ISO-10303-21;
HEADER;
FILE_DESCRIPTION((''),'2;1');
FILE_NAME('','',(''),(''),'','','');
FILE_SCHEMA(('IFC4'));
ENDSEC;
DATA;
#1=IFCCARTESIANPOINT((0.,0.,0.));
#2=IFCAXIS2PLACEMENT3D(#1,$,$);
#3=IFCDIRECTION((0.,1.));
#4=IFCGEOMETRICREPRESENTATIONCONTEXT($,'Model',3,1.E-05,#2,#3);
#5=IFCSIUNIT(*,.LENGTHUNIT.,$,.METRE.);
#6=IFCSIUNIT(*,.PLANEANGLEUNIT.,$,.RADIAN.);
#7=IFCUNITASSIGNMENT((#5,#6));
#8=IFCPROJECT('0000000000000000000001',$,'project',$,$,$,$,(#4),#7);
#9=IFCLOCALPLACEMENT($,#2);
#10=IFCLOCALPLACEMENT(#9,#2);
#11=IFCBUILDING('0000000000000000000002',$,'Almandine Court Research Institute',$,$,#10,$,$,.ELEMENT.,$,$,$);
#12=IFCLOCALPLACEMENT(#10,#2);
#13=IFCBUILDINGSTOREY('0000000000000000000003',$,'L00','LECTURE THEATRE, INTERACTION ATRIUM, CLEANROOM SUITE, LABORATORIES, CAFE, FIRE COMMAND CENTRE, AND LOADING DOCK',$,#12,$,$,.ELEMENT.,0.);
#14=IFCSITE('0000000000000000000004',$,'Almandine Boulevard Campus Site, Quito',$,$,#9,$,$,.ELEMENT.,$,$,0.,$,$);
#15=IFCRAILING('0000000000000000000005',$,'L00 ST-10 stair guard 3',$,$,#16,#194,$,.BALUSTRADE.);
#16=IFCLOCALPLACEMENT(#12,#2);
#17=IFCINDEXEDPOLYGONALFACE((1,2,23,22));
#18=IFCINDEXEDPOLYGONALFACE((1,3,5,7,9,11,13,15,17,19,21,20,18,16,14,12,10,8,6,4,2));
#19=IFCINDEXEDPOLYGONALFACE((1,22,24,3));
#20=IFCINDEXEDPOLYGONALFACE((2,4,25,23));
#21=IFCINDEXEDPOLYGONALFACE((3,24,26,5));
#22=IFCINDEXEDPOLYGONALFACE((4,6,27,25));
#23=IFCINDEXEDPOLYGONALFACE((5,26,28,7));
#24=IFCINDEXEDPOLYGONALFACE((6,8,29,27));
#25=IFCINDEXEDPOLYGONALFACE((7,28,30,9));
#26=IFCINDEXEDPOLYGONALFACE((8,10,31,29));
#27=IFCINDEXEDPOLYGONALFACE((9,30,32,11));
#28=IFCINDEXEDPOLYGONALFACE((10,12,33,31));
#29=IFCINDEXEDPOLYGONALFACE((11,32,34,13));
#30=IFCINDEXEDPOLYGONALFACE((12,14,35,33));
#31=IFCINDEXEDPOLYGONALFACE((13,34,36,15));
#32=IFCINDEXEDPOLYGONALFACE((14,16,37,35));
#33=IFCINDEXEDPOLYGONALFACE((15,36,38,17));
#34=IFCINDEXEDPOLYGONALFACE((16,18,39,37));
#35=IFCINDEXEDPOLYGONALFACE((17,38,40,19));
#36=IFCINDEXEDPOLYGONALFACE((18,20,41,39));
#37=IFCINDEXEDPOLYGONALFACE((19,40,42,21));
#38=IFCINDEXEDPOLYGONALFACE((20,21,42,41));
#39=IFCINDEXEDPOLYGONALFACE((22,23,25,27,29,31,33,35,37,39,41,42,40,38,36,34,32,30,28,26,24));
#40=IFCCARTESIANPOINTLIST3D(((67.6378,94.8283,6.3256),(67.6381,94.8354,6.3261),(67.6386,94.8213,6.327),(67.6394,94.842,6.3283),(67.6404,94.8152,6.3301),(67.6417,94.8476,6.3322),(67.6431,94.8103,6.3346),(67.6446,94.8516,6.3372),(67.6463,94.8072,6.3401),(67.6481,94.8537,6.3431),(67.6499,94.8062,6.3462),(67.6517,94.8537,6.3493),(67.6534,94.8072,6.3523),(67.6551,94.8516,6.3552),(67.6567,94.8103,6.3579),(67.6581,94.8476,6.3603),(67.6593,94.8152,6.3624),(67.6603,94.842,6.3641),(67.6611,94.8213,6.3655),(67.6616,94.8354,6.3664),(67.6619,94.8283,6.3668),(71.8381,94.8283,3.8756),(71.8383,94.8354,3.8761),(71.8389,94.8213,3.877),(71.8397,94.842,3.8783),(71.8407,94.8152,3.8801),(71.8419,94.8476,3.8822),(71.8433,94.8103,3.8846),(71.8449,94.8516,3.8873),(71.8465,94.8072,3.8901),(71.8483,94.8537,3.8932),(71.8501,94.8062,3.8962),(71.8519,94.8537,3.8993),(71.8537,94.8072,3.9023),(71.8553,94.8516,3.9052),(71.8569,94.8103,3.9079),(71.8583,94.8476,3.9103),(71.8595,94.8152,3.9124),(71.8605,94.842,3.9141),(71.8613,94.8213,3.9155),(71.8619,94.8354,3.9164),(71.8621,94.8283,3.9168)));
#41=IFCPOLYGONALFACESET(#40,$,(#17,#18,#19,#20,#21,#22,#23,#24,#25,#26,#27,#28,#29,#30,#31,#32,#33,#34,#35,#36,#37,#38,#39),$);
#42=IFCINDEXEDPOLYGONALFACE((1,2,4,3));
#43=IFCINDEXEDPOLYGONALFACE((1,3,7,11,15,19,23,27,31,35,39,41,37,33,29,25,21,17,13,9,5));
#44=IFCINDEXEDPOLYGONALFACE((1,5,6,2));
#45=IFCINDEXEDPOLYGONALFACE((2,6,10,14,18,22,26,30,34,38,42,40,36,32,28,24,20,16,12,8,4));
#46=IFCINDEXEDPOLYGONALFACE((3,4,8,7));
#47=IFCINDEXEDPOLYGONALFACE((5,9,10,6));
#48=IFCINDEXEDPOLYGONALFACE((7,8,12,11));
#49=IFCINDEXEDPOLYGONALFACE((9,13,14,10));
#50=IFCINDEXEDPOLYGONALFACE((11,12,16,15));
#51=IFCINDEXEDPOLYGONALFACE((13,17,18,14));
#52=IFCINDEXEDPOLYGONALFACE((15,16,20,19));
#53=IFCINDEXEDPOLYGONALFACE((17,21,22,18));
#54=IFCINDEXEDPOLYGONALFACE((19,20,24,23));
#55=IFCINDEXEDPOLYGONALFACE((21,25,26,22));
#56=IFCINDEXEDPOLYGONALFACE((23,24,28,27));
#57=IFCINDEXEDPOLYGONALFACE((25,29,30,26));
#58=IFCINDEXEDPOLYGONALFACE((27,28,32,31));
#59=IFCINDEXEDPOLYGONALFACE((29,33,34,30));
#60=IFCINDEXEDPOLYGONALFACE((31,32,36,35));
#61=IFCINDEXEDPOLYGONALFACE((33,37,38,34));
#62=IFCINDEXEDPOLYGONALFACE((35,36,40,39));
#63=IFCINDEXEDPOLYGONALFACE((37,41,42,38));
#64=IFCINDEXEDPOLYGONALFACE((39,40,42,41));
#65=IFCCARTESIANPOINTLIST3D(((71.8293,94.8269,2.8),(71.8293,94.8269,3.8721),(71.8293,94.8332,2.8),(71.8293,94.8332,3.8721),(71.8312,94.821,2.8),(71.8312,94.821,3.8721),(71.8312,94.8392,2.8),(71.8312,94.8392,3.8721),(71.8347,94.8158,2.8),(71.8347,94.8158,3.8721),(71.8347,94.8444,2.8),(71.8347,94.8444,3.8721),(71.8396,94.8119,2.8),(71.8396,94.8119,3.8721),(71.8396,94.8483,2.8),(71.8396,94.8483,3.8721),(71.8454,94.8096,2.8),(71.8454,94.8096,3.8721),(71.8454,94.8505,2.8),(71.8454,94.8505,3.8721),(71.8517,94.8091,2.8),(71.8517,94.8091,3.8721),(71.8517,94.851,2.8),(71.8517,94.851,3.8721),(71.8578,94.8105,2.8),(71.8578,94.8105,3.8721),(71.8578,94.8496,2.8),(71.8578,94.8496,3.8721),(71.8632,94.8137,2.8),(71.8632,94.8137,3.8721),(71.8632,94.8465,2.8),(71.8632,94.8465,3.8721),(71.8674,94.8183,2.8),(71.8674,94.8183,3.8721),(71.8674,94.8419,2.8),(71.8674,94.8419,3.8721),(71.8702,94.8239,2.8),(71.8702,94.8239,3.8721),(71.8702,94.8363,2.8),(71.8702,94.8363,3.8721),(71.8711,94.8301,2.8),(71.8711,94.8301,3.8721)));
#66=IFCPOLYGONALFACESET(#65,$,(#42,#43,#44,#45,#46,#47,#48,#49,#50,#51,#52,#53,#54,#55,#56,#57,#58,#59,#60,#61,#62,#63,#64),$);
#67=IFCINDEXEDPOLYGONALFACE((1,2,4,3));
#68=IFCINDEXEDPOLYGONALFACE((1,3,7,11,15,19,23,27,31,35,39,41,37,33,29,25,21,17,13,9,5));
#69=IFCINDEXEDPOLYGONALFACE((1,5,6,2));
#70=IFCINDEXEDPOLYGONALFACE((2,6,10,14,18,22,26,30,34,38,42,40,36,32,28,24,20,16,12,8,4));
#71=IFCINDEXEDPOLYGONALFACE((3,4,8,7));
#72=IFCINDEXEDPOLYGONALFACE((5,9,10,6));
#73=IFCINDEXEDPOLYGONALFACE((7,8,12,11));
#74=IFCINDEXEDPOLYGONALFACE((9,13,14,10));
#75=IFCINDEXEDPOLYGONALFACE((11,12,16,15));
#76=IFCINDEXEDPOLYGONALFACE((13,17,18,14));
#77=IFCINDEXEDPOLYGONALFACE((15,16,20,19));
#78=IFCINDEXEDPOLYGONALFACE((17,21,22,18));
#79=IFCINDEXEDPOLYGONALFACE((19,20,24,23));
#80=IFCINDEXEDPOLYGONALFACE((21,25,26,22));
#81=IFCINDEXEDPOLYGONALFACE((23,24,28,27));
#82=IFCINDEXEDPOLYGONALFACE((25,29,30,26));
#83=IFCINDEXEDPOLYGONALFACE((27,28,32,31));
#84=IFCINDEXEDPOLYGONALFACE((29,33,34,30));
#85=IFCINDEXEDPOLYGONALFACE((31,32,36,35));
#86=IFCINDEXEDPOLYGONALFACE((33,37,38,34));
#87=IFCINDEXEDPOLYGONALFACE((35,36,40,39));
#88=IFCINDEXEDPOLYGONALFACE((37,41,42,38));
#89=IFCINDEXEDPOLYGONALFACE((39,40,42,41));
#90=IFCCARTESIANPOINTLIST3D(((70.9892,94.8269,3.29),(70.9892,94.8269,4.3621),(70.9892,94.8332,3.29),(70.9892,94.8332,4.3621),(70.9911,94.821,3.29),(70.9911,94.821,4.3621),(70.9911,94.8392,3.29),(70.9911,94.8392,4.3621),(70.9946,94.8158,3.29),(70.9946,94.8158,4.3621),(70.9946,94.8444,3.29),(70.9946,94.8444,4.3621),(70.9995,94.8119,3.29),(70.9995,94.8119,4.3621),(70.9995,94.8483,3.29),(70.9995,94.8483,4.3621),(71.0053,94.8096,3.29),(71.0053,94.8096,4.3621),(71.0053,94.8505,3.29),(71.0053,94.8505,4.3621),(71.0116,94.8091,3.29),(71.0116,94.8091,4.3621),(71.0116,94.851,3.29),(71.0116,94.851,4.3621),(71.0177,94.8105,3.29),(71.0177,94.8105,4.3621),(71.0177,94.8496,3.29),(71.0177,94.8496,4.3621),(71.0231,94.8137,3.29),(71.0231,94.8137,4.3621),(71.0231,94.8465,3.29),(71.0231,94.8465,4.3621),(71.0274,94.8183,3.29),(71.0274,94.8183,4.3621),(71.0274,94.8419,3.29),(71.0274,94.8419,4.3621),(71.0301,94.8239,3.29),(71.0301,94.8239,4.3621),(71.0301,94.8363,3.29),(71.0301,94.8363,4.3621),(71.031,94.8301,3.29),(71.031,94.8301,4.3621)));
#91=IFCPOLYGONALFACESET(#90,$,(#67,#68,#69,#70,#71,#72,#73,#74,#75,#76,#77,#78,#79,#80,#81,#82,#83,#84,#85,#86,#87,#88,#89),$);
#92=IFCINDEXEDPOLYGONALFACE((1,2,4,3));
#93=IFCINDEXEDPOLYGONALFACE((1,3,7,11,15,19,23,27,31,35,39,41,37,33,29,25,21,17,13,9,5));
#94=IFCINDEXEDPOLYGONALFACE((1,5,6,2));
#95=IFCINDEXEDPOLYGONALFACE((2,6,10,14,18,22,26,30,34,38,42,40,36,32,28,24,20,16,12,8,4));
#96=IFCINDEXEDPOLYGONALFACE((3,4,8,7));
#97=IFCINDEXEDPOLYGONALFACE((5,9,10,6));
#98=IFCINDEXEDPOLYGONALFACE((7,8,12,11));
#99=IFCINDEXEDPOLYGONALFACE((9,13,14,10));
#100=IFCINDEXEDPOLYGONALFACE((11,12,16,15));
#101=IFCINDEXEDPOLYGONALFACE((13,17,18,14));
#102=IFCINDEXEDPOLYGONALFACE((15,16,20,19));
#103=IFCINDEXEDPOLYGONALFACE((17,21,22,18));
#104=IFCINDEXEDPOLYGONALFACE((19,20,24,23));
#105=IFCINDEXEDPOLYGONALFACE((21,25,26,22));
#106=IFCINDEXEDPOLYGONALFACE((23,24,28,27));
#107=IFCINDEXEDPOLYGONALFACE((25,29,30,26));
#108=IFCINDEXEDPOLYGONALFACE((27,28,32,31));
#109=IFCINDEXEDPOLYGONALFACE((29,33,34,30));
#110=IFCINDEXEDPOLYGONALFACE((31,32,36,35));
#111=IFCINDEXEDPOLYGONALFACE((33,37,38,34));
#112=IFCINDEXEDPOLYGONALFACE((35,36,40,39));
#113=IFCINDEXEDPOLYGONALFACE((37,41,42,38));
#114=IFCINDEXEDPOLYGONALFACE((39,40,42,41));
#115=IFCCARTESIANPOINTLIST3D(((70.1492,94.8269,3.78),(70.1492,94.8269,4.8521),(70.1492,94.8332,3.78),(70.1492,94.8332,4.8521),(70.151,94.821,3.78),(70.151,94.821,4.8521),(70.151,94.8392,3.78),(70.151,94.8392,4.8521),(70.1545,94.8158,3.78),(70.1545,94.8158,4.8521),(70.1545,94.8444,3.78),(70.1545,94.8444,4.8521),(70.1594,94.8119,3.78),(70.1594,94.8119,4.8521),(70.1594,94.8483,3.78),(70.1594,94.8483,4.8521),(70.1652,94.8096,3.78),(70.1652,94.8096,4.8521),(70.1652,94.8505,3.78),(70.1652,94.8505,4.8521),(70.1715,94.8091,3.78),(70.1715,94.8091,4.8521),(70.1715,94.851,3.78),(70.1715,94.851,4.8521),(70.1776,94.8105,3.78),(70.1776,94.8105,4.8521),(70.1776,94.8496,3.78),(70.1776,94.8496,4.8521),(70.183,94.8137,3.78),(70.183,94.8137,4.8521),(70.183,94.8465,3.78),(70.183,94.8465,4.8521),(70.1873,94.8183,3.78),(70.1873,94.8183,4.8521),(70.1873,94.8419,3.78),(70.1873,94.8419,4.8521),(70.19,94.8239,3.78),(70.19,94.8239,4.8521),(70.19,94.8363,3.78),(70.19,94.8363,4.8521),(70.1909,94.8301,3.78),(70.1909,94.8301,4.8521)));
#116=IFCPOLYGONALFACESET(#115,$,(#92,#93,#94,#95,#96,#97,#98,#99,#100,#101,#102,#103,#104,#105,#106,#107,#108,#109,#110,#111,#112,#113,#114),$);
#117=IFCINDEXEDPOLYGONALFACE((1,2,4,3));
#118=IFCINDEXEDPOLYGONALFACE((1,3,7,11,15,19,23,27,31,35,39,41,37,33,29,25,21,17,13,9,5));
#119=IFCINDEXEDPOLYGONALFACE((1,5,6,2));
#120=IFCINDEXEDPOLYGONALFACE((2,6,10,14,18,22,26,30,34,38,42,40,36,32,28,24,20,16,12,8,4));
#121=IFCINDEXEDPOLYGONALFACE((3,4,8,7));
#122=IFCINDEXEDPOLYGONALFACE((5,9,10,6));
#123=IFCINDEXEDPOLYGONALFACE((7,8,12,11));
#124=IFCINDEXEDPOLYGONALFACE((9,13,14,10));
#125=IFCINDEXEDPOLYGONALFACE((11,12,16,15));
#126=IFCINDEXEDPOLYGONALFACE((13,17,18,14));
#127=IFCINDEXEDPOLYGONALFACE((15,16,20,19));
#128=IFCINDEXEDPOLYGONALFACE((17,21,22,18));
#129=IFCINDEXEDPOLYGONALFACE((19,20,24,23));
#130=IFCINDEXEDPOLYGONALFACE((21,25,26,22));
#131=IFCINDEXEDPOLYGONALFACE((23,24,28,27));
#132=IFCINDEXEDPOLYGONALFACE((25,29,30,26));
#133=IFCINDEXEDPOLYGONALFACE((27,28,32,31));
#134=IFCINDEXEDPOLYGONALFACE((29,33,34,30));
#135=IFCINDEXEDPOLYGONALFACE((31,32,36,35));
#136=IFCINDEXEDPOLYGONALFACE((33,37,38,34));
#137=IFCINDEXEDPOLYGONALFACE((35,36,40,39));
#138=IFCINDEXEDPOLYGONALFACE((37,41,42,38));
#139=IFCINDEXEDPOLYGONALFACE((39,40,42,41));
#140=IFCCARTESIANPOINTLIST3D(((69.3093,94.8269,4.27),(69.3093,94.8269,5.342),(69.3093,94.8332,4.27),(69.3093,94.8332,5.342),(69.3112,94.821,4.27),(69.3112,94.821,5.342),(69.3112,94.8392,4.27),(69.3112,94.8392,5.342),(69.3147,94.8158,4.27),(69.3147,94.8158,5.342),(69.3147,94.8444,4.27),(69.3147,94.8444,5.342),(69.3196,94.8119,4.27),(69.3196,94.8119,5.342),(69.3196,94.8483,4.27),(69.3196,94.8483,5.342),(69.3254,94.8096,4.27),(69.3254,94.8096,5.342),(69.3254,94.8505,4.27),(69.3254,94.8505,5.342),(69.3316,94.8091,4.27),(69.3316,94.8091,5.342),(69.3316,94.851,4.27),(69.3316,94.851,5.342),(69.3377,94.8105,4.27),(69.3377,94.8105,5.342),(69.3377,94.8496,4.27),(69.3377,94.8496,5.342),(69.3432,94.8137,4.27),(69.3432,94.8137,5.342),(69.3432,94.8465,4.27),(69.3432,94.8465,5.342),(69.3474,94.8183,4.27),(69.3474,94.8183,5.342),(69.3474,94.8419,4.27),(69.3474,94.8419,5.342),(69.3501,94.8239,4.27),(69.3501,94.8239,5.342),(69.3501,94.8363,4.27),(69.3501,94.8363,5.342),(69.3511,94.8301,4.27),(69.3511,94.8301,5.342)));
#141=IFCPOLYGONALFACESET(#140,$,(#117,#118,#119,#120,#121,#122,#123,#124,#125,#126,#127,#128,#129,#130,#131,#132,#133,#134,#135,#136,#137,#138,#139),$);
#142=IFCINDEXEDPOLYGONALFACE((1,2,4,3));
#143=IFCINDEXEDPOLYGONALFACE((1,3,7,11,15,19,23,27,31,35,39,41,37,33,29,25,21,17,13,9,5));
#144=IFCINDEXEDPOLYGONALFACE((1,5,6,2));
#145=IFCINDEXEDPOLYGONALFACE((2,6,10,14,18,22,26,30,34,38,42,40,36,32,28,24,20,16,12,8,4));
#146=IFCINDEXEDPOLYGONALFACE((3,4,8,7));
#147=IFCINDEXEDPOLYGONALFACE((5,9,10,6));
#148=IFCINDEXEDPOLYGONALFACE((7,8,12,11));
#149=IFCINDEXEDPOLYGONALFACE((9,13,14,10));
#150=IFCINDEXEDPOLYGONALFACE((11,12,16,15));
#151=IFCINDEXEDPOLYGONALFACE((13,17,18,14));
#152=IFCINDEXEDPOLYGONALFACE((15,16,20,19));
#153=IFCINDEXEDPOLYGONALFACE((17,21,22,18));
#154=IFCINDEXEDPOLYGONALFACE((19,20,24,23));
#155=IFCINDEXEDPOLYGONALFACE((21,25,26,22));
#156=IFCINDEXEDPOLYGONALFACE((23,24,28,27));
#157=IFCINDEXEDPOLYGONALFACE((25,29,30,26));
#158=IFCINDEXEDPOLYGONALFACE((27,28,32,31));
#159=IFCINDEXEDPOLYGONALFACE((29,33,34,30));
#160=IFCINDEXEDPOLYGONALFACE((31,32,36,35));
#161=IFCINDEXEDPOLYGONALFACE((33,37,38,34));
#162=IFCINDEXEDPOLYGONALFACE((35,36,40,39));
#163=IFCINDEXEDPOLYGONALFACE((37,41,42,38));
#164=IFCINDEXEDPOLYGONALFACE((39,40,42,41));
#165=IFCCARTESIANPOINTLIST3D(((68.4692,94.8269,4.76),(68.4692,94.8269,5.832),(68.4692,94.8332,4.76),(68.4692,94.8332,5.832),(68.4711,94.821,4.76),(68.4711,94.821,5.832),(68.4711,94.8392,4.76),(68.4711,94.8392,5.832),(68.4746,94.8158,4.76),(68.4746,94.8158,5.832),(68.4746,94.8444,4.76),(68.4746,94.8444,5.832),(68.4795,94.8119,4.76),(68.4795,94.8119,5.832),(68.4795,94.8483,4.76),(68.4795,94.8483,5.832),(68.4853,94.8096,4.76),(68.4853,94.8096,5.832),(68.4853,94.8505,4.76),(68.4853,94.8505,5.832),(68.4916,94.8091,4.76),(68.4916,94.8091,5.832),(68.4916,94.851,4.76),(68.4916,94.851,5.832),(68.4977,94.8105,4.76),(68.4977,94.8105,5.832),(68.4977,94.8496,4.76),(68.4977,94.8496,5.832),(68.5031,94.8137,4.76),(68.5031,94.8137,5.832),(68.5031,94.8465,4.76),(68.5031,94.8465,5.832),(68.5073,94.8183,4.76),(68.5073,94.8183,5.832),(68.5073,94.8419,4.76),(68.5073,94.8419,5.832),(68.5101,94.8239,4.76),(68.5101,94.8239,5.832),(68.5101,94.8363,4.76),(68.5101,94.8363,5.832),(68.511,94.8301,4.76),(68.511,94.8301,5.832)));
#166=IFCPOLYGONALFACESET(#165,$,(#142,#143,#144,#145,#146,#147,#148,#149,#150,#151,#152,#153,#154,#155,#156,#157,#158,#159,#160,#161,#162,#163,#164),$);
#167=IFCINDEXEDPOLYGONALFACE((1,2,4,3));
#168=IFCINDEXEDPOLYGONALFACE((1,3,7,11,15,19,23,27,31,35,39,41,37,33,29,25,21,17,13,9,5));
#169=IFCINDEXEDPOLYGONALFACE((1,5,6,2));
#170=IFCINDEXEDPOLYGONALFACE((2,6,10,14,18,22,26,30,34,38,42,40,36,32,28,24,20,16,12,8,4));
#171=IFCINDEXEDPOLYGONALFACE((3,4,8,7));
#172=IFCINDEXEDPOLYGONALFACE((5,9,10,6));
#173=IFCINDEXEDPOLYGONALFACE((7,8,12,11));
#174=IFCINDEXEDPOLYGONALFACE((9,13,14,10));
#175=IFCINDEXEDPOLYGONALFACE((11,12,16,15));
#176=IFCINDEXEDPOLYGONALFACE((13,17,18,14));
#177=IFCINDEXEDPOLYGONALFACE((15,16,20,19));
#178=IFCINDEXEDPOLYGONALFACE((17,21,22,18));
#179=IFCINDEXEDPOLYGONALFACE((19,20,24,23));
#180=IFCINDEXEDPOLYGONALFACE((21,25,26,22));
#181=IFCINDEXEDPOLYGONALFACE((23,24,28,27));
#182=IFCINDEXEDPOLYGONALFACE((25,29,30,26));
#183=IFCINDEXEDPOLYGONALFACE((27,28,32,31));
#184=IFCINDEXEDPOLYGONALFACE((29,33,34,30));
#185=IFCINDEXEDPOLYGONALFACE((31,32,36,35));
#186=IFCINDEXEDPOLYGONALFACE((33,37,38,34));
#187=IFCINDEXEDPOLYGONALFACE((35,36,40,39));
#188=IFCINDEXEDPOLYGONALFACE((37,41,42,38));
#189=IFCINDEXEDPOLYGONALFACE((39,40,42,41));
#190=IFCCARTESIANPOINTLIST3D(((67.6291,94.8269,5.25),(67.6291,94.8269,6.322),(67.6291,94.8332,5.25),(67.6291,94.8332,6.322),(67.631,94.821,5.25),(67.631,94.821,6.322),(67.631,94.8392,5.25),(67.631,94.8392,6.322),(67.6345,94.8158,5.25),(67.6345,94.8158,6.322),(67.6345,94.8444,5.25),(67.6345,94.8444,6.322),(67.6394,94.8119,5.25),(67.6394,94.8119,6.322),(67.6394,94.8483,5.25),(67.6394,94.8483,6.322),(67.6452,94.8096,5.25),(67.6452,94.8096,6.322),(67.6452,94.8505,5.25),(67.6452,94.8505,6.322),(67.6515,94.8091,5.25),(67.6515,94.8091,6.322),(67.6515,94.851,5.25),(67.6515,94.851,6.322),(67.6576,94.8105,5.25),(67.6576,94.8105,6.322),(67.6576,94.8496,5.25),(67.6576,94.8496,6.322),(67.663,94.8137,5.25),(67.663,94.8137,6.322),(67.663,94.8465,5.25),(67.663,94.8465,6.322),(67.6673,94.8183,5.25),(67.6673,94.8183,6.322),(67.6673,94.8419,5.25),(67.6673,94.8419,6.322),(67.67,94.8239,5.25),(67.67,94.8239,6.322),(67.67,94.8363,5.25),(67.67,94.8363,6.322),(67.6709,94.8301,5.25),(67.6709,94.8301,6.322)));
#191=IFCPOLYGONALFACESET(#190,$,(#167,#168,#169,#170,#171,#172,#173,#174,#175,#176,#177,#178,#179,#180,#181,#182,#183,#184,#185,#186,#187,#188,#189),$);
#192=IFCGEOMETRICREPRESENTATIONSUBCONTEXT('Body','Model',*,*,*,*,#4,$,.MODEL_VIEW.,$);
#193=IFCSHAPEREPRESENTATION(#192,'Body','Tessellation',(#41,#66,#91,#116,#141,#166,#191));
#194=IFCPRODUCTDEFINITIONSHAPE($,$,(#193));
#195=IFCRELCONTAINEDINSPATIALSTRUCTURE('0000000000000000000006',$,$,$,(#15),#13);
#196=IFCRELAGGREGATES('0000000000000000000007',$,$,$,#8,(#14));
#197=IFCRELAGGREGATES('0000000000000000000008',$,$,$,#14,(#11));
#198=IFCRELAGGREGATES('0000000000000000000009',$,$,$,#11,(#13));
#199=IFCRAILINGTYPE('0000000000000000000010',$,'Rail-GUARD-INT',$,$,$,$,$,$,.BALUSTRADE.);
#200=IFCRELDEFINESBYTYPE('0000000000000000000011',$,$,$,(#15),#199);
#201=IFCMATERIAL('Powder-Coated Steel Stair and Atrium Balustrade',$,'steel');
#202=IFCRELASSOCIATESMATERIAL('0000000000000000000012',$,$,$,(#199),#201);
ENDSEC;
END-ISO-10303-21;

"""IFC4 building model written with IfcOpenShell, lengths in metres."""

from ifc_helpers import new_model, si_unit, direction, frame, origin, origin_2d, place, context, subcontext, project, spatial, circle, extrude, material, type_object, element, save


model = new_model("IFC4")

# Units and contexts
model_context = context("Model", 3, precision=1e-05, world=origin(), true_north=direction((0.0, 1.0)))
body_context = subcontext(model_context, "Body", "Model", "MODEL_VIEW")
ifc_project = project(units=[si_unit("LENGTHUNIT", "METRE"), si_unit("PLANEANGLEUNIT", "RADIAN")], contexts=[model_context])

# Site, building, storey
site_placement = place(None, origin())
site = spatial("IfcSite", under=ifc_project, at=site_placement, Name="Almandine Boulevard Campus Site, Quito", CompositionType="ELEMENT", RefElevation=0.0)
building_placement = place(site_placement, origin())
building = spatial("IfcBuilding", under=site, at=building_placement, Name="Almandine Court Research Institute", CompositionType="ELEMENT")
storey_placement = place(building_placement, origin())
storey = spatial("IfcBuildingStorey", under=building, at=storey_placement, Name="L00", Description="LECTURE THEATRE, INTERACTION ATRIUM, CLEANROOM SUITE, LABORATORIES, CAFE, FIRE COMMAND CENTRE, AND LOADING DOCK", CompositionType="ELEMENT", Elevation=0.0)

# Railing
ifc_material_1 = material(Name="Powder-Coated Steel Stair and Atrium Balustrade", Category="steel")
railing_type_1 = type_object("IfcRailingType", Name="Rail-GUARD-INT", PredefinedType="BALUSTRADE", material=ifc_material_1)
railing_1_placement = place(storey_placement, frame((71.8501, 94.8301, 2.8)))
element("IfcRailing", 1, at=railing_1_placement, inside=storey, type_object=railing_type_1, Name="L00 ST-10 stair guard 3", PredefinedType="BALUSTRADE", context=body_context, shape_type="SweptSolid", body=[
    extrude(circle(Radius=0.0239, at=origin_2d()), frame((0.0, 0.0, 1.0962), z_axis=(-0.863793, 0.0, 0.503846), x_axis=(0.0, -1.0, 0.0)), (0.0, 0.0, 1.0), 4.8625),
    extrude(circle(Radius=0.021, at=origin_2d()), origin(), (0.0, 0.0, 1.0), 1.072),
    extrude(circle(Radius=0.021, at=origin_2d()), frame((-0.8401, 0.0, 0.49)), (0.0, 0.0, 1.0), 1.072),
    extrude(circle(Radius=0.021, at=origin_2d()), frame((-1.6802, 0.0, 0.98)), (0.0, 0.0, 1.0), 1.072),
    extrude(circle(Radius=0.021, at=origin_2d()), frame((-2.52, 0.0, 1.47)), (0.0, 0.0, 1.0), 1.072),
    extrude(circle(Radius=0.021, at=origin_2d()), frame((-3.3601, 0.0, 1.96)), (0.0, 0.0, 1.0), 1.072),
    extrude(circle(Radius=0.021, at=origin_2d()), frame((-4.2002, 0.0, 2.45)), (0.0, 0.0, 1.0), 1.072),
])

save(model, "model.ifc")
